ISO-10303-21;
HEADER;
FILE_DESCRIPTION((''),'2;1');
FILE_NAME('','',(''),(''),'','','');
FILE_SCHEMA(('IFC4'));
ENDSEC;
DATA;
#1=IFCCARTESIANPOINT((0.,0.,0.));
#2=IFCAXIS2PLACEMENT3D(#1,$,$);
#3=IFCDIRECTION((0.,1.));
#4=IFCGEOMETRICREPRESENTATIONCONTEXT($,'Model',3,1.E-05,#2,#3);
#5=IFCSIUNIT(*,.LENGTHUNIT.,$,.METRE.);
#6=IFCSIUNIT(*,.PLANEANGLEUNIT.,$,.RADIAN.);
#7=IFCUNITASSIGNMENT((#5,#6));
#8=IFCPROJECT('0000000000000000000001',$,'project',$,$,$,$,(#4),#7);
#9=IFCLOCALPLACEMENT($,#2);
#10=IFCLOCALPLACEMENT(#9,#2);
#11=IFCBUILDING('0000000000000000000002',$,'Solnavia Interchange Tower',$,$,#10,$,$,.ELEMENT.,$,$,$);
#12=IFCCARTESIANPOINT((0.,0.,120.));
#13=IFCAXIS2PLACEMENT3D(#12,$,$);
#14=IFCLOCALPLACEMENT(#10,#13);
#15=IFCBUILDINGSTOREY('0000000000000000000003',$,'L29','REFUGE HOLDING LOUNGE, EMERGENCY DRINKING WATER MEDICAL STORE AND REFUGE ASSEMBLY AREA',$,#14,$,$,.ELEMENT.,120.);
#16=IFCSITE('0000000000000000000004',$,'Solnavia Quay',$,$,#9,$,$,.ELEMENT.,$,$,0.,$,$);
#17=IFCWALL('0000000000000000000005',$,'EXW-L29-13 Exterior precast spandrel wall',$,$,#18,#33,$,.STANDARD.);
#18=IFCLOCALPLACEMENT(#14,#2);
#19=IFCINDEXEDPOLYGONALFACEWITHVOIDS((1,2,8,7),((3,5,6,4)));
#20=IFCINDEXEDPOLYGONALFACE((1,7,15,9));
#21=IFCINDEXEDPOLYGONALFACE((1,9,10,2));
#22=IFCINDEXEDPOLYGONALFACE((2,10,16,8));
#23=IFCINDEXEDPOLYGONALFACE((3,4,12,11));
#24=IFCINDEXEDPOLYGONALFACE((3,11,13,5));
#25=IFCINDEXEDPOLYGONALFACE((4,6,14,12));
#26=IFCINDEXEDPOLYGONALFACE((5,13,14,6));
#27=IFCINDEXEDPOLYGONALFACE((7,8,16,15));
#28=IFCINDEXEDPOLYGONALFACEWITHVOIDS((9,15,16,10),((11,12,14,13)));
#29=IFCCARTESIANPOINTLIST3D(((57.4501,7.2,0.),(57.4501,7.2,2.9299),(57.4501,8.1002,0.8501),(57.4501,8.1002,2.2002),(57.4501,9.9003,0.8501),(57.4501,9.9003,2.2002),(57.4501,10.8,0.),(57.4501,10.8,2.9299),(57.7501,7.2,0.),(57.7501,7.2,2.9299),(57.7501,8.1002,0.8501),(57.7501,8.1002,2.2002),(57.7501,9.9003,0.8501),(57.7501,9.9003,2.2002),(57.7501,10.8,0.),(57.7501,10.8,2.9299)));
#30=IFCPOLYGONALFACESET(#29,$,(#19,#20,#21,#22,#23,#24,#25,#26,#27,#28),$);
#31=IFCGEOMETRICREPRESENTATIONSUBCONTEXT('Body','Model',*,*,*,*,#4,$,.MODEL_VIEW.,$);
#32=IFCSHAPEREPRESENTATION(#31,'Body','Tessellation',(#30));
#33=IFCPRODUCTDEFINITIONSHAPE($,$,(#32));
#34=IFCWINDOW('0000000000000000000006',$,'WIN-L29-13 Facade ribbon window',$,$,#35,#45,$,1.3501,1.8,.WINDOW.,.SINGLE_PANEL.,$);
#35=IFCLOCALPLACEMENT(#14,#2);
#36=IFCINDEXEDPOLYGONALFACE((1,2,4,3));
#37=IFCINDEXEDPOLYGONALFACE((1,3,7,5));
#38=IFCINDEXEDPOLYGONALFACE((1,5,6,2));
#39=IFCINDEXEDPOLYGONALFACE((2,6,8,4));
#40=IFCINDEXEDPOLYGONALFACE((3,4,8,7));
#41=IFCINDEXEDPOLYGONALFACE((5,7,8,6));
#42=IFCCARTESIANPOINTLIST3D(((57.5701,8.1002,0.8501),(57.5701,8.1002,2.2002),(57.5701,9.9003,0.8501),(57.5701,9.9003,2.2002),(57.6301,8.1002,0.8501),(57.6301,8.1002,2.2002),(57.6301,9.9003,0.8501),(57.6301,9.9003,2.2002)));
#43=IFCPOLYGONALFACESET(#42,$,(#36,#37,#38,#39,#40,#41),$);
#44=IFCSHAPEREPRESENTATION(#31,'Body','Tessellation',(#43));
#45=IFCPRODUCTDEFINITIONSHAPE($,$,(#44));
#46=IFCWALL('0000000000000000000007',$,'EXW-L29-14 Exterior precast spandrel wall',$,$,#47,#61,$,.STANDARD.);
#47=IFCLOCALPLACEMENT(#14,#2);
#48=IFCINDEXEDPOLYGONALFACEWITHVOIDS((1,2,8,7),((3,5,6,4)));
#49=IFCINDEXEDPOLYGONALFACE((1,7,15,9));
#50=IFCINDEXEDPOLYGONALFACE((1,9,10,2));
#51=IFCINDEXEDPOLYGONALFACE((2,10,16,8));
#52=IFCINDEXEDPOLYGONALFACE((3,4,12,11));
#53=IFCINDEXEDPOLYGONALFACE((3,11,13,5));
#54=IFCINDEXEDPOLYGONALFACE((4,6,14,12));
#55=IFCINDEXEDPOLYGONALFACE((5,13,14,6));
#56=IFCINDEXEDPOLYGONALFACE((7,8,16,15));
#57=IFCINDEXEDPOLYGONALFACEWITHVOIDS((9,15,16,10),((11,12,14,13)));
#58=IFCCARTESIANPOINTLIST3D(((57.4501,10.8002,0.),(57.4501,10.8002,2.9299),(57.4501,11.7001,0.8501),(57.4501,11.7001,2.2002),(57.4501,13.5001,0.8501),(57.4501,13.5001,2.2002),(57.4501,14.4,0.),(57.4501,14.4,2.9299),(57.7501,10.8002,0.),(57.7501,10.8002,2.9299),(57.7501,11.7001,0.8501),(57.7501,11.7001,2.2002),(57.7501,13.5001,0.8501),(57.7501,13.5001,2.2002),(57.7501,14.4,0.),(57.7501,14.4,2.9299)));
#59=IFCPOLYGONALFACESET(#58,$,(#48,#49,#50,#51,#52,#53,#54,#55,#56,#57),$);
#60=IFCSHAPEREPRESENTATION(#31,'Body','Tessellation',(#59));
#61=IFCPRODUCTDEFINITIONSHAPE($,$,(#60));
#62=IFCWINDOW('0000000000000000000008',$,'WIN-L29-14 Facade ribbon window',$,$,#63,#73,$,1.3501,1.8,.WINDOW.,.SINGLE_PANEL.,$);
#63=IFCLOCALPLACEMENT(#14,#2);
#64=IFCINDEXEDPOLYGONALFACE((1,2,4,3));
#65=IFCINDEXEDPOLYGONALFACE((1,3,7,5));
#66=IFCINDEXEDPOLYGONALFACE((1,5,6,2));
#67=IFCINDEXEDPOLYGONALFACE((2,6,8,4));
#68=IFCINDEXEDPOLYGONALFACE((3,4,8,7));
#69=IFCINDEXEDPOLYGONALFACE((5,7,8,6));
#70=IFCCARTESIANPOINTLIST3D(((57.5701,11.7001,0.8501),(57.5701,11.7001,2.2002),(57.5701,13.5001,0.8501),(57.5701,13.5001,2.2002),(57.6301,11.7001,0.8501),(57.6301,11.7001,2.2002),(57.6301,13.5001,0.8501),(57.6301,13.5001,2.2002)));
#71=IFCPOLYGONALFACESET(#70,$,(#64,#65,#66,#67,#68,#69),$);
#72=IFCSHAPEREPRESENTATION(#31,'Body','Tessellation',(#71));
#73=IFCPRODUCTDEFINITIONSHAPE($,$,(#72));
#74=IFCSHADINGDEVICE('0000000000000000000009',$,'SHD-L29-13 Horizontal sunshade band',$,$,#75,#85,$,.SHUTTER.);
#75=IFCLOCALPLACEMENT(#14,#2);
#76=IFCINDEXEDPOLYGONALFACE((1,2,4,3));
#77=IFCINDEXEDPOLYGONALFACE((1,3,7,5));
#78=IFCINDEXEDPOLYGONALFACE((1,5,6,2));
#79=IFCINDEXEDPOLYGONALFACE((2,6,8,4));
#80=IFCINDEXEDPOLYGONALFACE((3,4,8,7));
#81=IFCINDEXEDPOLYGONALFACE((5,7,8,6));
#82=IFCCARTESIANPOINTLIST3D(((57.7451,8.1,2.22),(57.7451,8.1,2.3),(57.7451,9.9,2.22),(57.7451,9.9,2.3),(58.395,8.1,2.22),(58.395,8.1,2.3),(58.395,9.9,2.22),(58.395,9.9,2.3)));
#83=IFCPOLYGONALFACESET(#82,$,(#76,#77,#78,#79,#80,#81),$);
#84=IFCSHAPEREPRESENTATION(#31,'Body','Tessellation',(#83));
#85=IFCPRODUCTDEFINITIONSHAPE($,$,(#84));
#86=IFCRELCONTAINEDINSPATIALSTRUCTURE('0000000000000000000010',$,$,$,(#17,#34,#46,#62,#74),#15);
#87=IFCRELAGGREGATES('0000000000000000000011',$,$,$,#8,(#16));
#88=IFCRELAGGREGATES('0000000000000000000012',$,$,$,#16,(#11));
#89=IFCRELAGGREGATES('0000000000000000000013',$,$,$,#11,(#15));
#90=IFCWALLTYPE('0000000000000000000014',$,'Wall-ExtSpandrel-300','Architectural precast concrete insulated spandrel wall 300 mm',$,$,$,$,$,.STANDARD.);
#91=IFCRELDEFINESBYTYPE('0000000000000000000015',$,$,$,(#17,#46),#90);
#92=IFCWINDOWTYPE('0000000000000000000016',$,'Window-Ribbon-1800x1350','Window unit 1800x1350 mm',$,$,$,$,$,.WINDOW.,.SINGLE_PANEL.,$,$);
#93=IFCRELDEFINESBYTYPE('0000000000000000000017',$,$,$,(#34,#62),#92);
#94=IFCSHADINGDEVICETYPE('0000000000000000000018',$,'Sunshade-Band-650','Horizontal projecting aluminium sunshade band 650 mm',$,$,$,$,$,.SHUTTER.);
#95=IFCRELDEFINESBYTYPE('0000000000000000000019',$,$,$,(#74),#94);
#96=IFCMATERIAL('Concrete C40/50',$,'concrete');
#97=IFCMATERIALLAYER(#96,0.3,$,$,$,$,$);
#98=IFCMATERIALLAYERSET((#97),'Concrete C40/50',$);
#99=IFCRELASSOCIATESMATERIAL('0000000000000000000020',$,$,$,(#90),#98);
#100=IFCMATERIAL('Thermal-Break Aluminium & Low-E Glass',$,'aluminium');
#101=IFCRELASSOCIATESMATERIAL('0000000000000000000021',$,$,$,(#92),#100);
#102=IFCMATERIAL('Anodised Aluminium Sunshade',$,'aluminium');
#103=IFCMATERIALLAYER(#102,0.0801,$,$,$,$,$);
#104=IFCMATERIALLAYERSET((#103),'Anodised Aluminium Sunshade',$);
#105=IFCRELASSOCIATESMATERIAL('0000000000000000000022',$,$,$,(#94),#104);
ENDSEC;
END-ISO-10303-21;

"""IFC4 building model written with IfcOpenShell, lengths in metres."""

from ifc_helpers import new_model, si_unit, direction, frame, frame_2d, origin, origin_2d, place, context, subcontext, project, spatial, rectangle, extrude, material, layer, layer_set, type_object, element, fill, save


model = new_model("IFC4")

# Units and contexts
model_context = context("Model", 3, precision=1e-05, world=origin(), true_north=direction((0.0, 1.0)))
body_context = subcontext(model_context, "Body", "Model", "MODEL_VIEW")
ifc_project = project(units=[si_unit("LENGTHUNIT", "METRE"), si_unit("PLANEANGLEUNIT", "RADIAN")], contexts=[model_context])

# Site, building, storey
site_placement = place(None, origin())
site = spatial("IfcSite", under=ifc_project, at=site_placement, Name="Solnavia Quay", CompositionType="ELEMENT", RefElevation=0.0)
building_placement = place(site_placement, origin())
building = spatial("IfcBuilding", under=site, at=building_placement, Name="Solnavia Interchange Tower", CompositionType="ELEMENT")
storey_placement = place(building_placement, frame((0.0, 0.0, 120.0)))
storey = spatial("IfcBuildingStorey", under=building, at=storey_placement, Name="L29", Description="REFUGE HOLDING LOUNGE, EMERGENCY DRINKING WATER MEDICAL STORE AND REFUGE ASSEMBLY AREA", CompositionType="ELEMENT", Elevation=120.0)

# Shared definitions
ifc_material_1 = material(Name="Concrete C40/50", Category="concrete")
ifc_layer_1 = layer(ifc_material_1, 0.3)
ifc_layer_set_1 = layer_set([ifc_layer_1], Name="Concrete C40/50")
wall_type = type_object("IfcWallType", Name="Wall-ExtSpandrel-300", Description="Architectural precast concrete insulated spandrel wall 300 mm", PredefinedType="STANDARD", material=ifc_layer_set_1)
ifc_material_2 = material(Name="Thermal-Break Aluminium & Low-E Glass", Category="aluminium")
window_type = type_object("IfcWindowType", Name="Window-Ribbon-1800x1350", Description="Window unit 1800x1350 mm", PartitioningType="SINGLE_PANEL", PredefinedType="WINDOW", material=ifc_material_2)

# Walls, openings, windows
wall_1_placement = place(storey_placement, frame((57.6001, 10.8, 0.0), z_axis=(0.0, 0.0, 1.0), x_axis=(0.0, -1.0, 0.0)))
wall_1 = element("IfcWall", 1, at=wall_1_placement, inside=storey, type_object=wall_type, Name="EXW-L29-13 Exterior precast spandrel wall", PredefinedType="STANDARD", context=body_context, shape_type="SweptSolid", body=[
    extrude(rectangle(XDim=3.6001, YDim=0.3, at=frame_2d((1.8, 0.0))), origin(), (0.0, 0.0, 1.0), 2.9299),
])
opening_1_placement = place(wall_1_placement, frame((0.8999, 0.0, 0.8501)))
opening_1 = element("IfcOpeningElement", 2, at=opening_1_placement, cuts=wall_1, PredefinedType="OPENING", context=body_context, shape_type="SweptSolid", body=[
    extrude(rectangle(XDim=1.8, YDim=1.3501, at=frame_2d((0.8999, 0.675))), frame((0.0, 0.1602, 0.0), z_axis=(0.0, -1.0, 0.0), x_axis=(1.0, 0.0, 0.0)), (0.0, 0.0, 1.0), 0.3201),
])
window_1_placement = place(opening_1_placement, origin())
window_1 = element("IfcWindow", 3, at=window_1_placement, inside=storey, type_object=window_type, Name="WIN-L29-13 Facade ribbon window", OverallHeight=1.3501, OverallWidth=1.8, PartitioningType="SINGLE_PANEL", PredefinedType="WINDOW", context=body_context, shape_type="SweptSolid", body=[
    extrude(rectangle(XDim=1.8, YDim=1.3501, at=frame_2d((0.8999, 0.675))), frame((0.0, 0.03, 0.0), z_axis=(0.0, -1.0, 0.0), x_axis=(1.0, 0.0, 0.0)), (0.0, 0.0, 1.0), 0.0601),
])
fill(opening_1, window_1)
wall_2_placement = place(storey_placement, frame((57.6001, 14.3999, 0.0), z_axis=(0.0, 0.0, 1.0), x_axis=(0.0, -1.0, 0.0)))
wall_2 = element("IfcWall", 4, at=wall_2_placement, inside=storey, type_object=wall_type, Name="EXW-L29-14 Exterior precast spandrel wall", PredefinedType="STANDARD", context=body_context, shape_type="SweptSolid", body=[
    extrude(rectangle(XDim=3.5999, YDim=0.3, at=frame_2d((1.7998, 0.0))), origin(), (0.0, 0.0, 1.0), 2.9299),
])
opening_2_placement = place(wall_2_placement, frame((0.8999, 0.0, 0.8501)))
opening_2 = element("IfcOpeningElement", 5, at=opening_2_placement, cuts=wall_2, PredefinedType="OPENING", context=body_context, shape_type="SweptSolid", body=[
    extrude(rectangle(XDim=1.8, YDim=1.3501, at=frame_2d((0.8999, 0.675))), frame((0.0, 0.1602, 0.0), z_axis=(0.0, -1.0, 0.0), x_axis=(1.0, 0.0, 0.0)), (0.0, 0.0, 1.0), 0.3201),
])
window_2_placement = place(opening_2_placement, origin())
window_2 = element("IfcWindow", 6, at=window_2_placement, inside=storey, type_object=window_type, Name="WIN-L29-14 Facade ribbon window", OverallHeight=1.3501, OverallWidth=1.8, PartitioningType="SINGLE_PANEL", PredefinedType="WINDOW", context=body_context, shape_type="SweptSolid", body=[
    extrude(rectangle(XDim=1.8, YDim=1.3501, at=frame_2d((0.8999, 0.675))), frame((0.0, 0.03, 0.0), z_axis=(0.0, -1.0, 0.0), x_axis=(1.0, 0.0, 0.0)), (0.0, 0.0, 1.0), 0.0601),
])
fill(opening_2, window_2)

# Shading device
ifc_material_3 = material(Name="Anodised Aluminium Sunshade", Category="aluminium")
ifc_layer_2 = layer(ifc_material_3, 0.0801)
ifc_layer_set_2 = layer_set([ifc_layer_2], Name="Anodised Aluminium Sunshade")
shading_device_type = type_object("IfcShadingDeviceType", Name="Sunshade-Band-650", Description="Horizontal projecting aluminium sunshade band 650 mm", PredefinedType="SHUTTER", material=ifc_layer_set_2)
shading_device_placement = place(storey_placement, frame((58.0701, 9.0, 2.22), z_axis=(0.0, 0.0, 1.0), x_axis=(0.0, -1.0, 0.0)))
element("IfcShadingDevice", 7, at=shading_device_placement, inside=storey, type_object=shading_device_type, Name="SHD-L29-13 Horizontal sunshade band", PredefinedType="SHUTTER", context=body_context, shape_type="SweptSolid", body=[
    extrude(rectangle(XDim=1.8, YDim=0.6499, at=origin_2d()), origin(), (0.0, 0.0, 1.0), 0.0801),
])

save(model, "model.ifc")
